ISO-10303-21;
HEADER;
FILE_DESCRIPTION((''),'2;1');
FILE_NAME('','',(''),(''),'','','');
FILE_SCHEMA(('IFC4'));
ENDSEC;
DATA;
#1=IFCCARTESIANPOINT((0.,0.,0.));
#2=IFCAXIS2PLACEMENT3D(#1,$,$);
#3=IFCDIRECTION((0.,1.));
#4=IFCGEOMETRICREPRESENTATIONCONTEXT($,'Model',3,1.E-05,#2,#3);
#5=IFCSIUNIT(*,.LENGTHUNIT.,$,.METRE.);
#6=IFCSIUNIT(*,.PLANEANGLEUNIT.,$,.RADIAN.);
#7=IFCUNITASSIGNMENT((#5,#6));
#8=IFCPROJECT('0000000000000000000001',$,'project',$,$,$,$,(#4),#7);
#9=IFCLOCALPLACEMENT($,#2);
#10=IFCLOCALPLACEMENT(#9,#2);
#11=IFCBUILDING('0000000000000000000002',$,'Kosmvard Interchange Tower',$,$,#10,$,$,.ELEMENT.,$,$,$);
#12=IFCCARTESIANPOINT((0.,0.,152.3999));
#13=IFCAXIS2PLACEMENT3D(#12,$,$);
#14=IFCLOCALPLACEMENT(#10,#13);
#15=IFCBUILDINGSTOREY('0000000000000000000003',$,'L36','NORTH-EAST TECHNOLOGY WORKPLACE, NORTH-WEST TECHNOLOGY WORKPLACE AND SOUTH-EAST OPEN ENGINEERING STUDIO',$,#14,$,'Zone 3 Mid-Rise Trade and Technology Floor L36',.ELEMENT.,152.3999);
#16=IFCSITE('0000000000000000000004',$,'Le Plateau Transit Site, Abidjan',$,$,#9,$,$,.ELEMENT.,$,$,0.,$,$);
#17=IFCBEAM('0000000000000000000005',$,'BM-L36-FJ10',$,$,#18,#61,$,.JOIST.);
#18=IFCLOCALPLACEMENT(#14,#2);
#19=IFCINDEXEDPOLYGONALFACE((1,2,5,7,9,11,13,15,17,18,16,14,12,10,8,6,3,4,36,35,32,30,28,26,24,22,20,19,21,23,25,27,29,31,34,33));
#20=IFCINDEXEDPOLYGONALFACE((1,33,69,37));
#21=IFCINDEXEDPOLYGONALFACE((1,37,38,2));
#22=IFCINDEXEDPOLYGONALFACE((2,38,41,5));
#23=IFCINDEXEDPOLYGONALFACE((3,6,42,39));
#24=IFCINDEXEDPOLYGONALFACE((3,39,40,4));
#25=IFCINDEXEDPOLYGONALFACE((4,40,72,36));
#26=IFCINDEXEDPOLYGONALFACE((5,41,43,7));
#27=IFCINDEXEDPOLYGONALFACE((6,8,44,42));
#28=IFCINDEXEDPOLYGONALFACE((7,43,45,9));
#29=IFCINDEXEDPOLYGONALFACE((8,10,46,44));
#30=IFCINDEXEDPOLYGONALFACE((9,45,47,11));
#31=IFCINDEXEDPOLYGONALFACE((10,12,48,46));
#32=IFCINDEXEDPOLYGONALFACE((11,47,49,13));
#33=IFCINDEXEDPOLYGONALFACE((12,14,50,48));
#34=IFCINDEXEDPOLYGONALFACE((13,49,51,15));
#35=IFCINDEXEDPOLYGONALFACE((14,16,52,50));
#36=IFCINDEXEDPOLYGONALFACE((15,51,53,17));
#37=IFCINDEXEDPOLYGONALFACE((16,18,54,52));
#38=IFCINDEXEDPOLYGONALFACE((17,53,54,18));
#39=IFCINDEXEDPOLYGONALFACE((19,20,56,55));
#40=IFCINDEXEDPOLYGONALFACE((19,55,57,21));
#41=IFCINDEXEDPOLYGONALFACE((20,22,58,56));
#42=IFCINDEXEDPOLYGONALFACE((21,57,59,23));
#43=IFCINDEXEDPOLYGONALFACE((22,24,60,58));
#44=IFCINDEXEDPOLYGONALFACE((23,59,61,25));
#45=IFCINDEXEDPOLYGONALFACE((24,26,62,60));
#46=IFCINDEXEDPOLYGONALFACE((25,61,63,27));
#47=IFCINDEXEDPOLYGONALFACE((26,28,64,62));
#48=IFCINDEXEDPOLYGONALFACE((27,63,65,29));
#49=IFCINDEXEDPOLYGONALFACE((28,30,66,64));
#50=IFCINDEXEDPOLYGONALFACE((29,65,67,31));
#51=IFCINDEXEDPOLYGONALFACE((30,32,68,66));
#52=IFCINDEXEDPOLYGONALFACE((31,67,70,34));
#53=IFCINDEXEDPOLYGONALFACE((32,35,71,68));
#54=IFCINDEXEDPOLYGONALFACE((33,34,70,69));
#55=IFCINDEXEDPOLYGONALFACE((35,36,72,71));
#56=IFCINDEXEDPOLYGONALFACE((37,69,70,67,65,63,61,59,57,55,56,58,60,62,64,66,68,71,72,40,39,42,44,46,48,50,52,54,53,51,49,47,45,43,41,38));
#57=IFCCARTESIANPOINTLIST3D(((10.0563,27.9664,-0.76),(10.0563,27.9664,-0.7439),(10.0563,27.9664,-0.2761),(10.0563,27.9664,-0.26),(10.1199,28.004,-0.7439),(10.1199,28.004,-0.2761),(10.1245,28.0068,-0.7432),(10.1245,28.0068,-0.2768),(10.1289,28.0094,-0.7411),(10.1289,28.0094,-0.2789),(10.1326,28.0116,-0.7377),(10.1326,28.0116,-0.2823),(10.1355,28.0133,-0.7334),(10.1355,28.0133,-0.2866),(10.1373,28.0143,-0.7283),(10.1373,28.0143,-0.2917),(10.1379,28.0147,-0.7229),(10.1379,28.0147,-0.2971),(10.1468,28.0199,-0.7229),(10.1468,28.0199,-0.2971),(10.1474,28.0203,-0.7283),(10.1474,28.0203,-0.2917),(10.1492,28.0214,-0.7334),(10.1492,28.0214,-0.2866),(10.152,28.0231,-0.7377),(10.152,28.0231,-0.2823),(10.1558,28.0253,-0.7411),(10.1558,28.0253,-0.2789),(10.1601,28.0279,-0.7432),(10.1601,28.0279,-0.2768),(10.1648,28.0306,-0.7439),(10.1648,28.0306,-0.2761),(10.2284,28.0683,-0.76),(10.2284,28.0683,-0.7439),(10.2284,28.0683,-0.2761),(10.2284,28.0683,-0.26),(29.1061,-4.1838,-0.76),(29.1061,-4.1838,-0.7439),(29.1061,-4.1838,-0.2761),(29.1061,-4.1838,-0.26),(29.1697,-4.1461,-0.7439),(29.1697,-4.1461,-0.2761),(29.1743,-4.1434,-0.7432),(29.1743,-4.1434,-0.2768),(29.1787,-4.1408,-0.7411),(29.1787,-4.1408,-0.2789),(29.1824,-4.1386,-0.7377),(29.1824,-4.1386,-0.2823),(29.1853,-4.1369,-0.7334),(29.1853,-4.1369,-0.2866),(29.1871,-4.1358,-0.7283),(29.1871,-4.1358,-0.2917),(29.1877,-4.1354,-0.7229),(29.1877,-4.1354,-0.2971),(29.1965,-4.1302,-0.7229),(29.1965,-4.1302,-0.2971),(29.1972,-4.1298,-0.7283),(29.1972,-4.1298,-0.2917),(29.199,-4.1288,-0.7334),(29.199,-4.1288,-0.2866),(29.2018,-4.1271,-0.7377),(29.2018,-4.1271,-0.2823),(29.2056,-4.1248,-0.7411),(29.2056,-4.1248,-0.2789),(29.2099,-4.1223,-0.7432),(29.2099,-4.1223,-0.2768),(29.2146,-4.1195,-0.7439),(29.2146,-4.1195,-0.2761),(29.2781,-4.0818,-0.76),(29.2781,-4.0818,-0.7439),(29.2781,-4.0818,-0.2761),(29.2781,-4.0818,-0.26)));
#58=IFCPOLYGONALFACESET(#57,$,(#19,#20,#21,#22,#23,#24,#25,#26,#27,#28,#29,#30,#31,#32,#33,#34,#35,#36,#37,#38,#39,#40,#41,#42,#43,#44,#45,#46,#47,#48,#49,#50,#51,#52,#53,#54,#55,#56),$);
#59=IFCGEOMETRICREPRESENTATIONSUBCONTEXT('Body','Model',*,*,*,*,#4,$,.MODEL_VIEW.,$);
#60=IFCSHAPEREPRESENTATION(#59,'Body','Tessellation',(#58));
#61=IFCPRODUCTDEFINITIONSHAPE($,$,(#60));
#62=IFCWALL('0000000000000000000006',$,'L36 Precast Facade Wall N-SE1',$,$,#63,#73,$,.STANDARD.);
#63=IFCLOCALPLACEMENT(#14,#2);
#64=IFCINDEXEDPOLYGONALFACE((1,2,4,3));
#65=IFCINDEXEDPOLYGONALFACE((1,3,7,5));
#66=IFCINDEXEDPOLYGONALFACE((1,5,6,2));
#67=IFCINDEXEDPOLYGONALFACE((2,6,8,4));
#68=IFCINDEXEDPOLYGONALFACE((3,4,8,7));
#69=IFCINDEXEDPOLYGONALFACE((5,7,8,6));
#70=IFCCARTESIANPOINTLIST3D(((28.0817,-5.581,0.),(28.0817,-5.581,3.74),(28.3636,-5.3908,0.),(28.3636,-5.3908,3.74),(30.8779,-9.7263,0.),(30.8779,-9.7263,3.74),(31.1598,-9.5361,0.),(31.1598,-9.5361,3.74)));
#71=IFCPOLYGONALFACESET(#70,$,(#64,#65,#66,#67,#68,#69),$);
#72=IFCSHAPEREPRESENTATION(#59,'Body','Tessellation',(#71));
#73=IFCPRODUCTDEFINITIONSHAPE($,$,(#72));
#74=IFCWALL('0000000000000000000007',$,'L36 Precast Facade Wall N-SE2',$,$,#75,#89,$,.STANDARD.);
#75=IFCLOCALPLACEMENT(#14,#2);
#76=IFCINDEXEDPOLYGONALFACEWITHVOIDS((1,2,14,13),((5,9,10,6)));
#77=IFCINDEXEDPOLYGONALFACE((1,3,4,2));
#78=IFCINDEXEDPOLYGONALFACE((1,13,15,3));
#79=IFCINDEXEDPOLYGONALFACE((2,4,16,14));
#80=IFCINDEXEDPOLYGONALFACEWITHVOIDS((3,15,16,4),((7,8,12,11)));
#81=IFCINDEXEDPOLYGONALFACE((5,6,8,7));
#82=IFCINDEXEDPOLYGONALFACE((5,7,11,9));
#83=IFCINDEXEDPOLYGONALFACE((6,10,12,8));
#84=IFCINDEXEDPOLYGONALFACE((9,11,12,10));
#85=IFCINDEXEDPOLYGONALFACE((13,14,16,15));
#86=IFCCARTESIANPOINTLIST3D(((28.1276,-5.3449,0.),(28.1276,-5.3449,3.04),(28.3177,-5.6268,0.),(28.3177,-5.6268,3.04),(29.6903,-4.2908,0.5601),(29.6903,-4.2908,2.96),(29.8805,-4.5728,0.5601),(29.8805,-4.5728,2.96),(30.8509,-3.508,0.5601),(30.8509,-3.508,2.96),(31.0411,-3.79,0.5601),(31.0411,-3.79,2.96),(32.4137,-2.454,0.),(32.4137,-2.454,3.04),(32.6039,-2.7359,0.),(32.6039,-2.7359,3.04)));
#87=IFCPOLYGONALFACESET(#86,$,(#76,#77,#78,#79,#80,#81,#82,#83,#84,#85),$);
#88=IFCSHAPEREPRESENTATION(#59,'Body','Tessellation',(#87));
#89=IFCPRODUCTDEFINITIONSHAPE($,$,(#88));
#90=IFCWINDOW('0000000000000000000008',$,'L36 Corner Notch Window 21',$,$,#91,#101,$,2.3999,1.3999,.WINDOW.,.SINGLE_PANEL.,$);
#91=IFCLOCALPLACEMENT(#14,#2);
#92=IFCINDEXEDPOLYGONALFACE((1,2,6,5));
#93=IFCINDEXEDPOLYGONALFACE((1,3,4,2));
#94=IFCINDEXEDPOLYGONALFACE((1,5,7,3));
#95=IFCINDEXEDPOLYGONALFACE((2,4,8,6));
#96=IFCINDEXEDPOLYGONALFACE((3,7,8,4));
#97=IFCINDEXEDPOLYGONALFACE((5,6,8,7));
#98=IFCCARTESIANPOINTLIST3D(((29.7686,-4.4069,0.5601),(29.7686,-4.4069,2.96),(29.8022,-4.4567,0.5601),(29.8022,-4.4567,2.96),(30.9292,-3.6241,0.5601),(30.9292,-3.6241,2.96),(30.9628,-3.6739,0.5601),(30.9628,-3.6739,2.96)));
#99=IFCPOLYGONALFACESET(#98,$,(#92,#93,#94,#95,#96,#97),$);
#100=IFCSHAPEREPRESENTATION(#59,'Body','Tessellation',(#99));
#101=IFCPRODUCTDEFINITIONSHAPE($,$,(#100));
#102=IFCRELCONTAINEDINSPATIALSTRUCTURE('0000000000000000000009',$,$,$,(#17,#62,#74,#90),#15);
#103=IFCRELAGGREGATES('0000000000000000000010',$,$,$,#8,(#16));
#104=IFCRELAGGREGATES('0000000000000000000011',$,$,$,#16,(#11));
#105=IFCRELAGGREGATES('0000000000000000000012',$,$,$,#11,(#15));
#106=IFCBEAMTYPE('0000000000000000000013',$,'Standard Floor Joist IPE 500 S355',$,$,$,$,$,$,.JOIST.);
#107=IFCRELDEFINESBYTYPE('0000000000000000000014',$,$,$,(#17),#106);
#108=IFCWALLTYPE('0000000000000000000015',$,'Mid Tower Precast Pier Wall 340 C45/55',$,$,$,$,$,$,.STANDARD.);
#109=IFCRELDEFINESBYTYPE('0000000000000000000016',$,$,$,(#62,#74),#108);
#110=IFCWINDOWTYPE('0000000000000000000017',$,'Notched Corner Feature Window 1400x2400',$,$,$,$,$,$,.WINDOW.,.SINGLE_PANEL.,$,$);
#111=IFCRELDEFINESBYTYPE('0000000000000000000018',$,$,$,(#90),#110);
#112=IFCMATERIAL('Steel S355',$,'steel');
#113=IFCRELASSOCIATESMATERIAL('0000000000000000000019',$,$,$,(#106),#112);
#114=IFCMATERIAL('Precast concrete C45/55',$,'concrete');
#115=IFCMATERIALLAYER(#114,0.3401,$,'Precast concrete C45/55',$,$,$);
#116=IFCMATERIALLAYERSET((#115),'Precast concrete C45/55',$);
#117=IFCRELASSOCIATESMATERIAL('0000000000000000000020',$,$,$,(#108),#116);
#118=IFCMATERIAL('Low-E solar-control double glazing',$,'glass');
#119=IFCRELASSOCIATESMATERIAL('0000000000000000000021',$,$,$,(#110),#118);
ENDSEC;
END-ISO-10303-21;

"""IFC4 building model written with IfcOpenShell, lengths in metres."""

from ifc_helpers import new_model, si_unit, direction, frame, frame_2d, origin, origin_2d, place, context, subcontext, project, spatial, rectangle, i_section, extrude, source, transform, mapped, material, layer, layer_set, material_profile, profile_set, type_object, element, fill, save


model = new_model("IFC4")

# Units and contexts
model_context = context("Model", 3, precision=1e-05, world=origin(), true_north=direction((0.0, 1.0)))
body_context = subcontext(model_context, "Body", "Model", "MODEL_VIEW")
ifc_project = project(units=[si_unit("LENGTHUNIT", "METRE"), si_unit("PLANEANGLEUNIT", "RADIAN")], contexts=[model_context])

# Site, building, storey
site_placement = place(None, origin())
site = spatial("IfcSite", under=ifc_project, at=site_placement, Name="Le Plateau Transit Site, Abidjan", CompositionType="ELEMENT", RefElevation=0.0)
building_placement = place(site_placement, origin())
building = spatial("IfcBuilding", under=site, at=building_placement, Name="Kosmvard Interchange Tower", CompositionType="ELEMENT")
storey_placement = place(building_placement, frame((0.0, 0.0, 152.3999)))
storey = spatial("IfcBuildingStorey", under=building, at=storey_placement, Name="L36", Description="NORTH-EAST TECHNOLOGY WORKPLACE, NORTH-WEST TECHNOLOGY WORKPLACE AND SOUTH-EAST OPEN ENGINEERING STUDIO", LongName="Zone 3 Mid-Rise Trade and Technology Floor L36", CompositionType="ELEMENT", Elevation=152.3999)

# Beam
ifc_material_1 = material(Name="Steel S355", Category="steel")
ifc_material_2 = material(Name="Precast concrete C45/55", Category="concrete")
ifc_material_profile_1 = material_profile(ifc_material_1, i_section(OverallWidth=0.2, OverallDepth=0.5, WebThickness=0.0103, FlangeThickness=0.0161, FilletRadius=0.021, at=origin_2d()), Name="IPE 500")
ifc_profile_set_1 = profile_set([ifc_material_profile_1], Name="Steel S355")
beam_type_1 = type_object("IfcBeamType", Name="Standard Floor Joist IPE 500 S355", PredefinedType="JOIST", material=ifc_profile_set_1)
shared_shape_1 = source(origin(), body_context, "Body", "SweptSolid", [
    extrude(i_section(OverallWidth=0.2, OverallDepth=0.5, WebThickness=0.0103, FlangeThickness=0.0161, FilletRadius=0.021, at=origin_2d()), origin(), (0.0, 0.0, 1.0), 37.3701),
])
beam_1_placement = place(storey_placement, frame((29.1921, -4.1328, -0.51), z_axis=(-0.50976, 0.860317, 0.0), x_axis=(-0.860317, -0.50976, 0.0)))
element("IfcBeam", 1, at=beam_1_placement, inside=storey, type_object=beam_type_1, Name="BM-L36-FJ10", PredefinedType="JOIST", context=body_context, shape_type="MappedRepresentation", body=[
    mapped(shared_shape_1, transform((0.0, 0.0, 0.0), scale=1.0)),
])

# Wall
ifc_layer_1 = layer(ifc_material_2, 0.3401, Name="Precast concrete C45/55")
ifc_layer_set_1 = layer_set([ifc_layer_1], Name="Precast concrete C45/55")
wall_type_1 = type_object("IfcWallType", Name="Mid Tower Precast Pier Wall 340 C45/55", PredefinedType="STANDARD", material=ifc_layer_set_1)
wall_1_placement = place(storey_placement, frame((31.0188, -9.6311, 0.0), z_axis=(0.0, 0.0, 1.0), x_axis=(-0.55921, 0.829026, 0.0)))
element("IfcWall", 2, at=wall_1_placement, inside=storey, type_object=wall_type_1, Name="L36 Precast Facade Wall N-SE1", PredefinedType="STANDARD", context=body_context, shape_type="SweptSolid", body=[
    extrude(rectangle(XDim=5.0002, YDim=0.3401, at=frame_2d((2.5, 0.0))), origin(), (0.0, 0.0, 1.0), 3.74),
])

# Wall, opening, window
wall_2_placement = place(storey_placement, frame((28.2227, -5.4858, 0.0), z_axis=(0.0, 0.0, 1.0), x_axis=(0.829052, 0.559171, 0.0)))
wall_2 = element("IfcWall", 3, at=wall_2_placement, inside=storey, type_object=wall_type_1, Name="L36 Precast Facade Wall N-SE2", PredefinedType="STANDARD", context=body_context, shape_type="SweptSolid", body=[
    extrude(rectangle(XDim=5.1699, YDim=0.3401, at=frame_2d((2.585, 0.0))), origin(), (0.0, 0.0, 1.0), 3.04),
])
opening_1_placement = place(wall_2_placement, frame((1.885, 0.0, 0.5601)))
opening_1 = element("IfcOpeningElement", 4, at=opening_1_placement, cuts=wall_2, PredefinedType="OPENING", context=body_context, shape_type="SweptSolid", body=[
    extrude(rectangle(XDim=1.3999, YDim=2.3999, at=frame_2d((0.7, 1.2))), frame((0.0, 0.1802, 0.0), z_axis=(0.0, -1.0, 0.0), x_axis=(1.0, 0.0, 0.0)), (0.0, 0.0, 1.0), 0.3601),
])
ifc_material_3 = material(Name="Low-E solar-control double glazing", Category="glass")
window_type_1 = type_object("IfcWindowType", Name="Notched Corner Feature Window 1400x2400", PartitioningType="SINGLE_PANEL", PredefinedType="WINDOW", material=ifc_material_3)
shared_shape_2 = source(origin(), body_context, "Body", "SweptSolid", [
    extrude(rectangle(XDim=1.3999, YDim=2.3999, at=frame_2d((0.7, 1.2))), frame((0.0, 0.03, 0.0), z_axis=(0.0, -1.0, 0.0), x_axis=(1.0, 0.0, 0.0)), (0.0, 0.0, 1.0), 0.0601),
])
window_1_placement = place(opening_1_placement, origin())
window_1 = element("IfcWindow", 5, at=window_1_placement, inside=storey, type_object=window_type_1, Name="L36 Corner Notch Window 21", OverallHeight=2.3999, OverallWidth=1.3999, PartitioningType="SINGLE_PANEL", PredefinedType="WINDOW", context=body_context, shape_type="MappedRepresentation", body=[
    mapped(shared_shape_2, transform((0.0, 0.0, 0.0), scale=1.0)),
])
fill(opening_1, window_1)

save(model, "model.ifc")
